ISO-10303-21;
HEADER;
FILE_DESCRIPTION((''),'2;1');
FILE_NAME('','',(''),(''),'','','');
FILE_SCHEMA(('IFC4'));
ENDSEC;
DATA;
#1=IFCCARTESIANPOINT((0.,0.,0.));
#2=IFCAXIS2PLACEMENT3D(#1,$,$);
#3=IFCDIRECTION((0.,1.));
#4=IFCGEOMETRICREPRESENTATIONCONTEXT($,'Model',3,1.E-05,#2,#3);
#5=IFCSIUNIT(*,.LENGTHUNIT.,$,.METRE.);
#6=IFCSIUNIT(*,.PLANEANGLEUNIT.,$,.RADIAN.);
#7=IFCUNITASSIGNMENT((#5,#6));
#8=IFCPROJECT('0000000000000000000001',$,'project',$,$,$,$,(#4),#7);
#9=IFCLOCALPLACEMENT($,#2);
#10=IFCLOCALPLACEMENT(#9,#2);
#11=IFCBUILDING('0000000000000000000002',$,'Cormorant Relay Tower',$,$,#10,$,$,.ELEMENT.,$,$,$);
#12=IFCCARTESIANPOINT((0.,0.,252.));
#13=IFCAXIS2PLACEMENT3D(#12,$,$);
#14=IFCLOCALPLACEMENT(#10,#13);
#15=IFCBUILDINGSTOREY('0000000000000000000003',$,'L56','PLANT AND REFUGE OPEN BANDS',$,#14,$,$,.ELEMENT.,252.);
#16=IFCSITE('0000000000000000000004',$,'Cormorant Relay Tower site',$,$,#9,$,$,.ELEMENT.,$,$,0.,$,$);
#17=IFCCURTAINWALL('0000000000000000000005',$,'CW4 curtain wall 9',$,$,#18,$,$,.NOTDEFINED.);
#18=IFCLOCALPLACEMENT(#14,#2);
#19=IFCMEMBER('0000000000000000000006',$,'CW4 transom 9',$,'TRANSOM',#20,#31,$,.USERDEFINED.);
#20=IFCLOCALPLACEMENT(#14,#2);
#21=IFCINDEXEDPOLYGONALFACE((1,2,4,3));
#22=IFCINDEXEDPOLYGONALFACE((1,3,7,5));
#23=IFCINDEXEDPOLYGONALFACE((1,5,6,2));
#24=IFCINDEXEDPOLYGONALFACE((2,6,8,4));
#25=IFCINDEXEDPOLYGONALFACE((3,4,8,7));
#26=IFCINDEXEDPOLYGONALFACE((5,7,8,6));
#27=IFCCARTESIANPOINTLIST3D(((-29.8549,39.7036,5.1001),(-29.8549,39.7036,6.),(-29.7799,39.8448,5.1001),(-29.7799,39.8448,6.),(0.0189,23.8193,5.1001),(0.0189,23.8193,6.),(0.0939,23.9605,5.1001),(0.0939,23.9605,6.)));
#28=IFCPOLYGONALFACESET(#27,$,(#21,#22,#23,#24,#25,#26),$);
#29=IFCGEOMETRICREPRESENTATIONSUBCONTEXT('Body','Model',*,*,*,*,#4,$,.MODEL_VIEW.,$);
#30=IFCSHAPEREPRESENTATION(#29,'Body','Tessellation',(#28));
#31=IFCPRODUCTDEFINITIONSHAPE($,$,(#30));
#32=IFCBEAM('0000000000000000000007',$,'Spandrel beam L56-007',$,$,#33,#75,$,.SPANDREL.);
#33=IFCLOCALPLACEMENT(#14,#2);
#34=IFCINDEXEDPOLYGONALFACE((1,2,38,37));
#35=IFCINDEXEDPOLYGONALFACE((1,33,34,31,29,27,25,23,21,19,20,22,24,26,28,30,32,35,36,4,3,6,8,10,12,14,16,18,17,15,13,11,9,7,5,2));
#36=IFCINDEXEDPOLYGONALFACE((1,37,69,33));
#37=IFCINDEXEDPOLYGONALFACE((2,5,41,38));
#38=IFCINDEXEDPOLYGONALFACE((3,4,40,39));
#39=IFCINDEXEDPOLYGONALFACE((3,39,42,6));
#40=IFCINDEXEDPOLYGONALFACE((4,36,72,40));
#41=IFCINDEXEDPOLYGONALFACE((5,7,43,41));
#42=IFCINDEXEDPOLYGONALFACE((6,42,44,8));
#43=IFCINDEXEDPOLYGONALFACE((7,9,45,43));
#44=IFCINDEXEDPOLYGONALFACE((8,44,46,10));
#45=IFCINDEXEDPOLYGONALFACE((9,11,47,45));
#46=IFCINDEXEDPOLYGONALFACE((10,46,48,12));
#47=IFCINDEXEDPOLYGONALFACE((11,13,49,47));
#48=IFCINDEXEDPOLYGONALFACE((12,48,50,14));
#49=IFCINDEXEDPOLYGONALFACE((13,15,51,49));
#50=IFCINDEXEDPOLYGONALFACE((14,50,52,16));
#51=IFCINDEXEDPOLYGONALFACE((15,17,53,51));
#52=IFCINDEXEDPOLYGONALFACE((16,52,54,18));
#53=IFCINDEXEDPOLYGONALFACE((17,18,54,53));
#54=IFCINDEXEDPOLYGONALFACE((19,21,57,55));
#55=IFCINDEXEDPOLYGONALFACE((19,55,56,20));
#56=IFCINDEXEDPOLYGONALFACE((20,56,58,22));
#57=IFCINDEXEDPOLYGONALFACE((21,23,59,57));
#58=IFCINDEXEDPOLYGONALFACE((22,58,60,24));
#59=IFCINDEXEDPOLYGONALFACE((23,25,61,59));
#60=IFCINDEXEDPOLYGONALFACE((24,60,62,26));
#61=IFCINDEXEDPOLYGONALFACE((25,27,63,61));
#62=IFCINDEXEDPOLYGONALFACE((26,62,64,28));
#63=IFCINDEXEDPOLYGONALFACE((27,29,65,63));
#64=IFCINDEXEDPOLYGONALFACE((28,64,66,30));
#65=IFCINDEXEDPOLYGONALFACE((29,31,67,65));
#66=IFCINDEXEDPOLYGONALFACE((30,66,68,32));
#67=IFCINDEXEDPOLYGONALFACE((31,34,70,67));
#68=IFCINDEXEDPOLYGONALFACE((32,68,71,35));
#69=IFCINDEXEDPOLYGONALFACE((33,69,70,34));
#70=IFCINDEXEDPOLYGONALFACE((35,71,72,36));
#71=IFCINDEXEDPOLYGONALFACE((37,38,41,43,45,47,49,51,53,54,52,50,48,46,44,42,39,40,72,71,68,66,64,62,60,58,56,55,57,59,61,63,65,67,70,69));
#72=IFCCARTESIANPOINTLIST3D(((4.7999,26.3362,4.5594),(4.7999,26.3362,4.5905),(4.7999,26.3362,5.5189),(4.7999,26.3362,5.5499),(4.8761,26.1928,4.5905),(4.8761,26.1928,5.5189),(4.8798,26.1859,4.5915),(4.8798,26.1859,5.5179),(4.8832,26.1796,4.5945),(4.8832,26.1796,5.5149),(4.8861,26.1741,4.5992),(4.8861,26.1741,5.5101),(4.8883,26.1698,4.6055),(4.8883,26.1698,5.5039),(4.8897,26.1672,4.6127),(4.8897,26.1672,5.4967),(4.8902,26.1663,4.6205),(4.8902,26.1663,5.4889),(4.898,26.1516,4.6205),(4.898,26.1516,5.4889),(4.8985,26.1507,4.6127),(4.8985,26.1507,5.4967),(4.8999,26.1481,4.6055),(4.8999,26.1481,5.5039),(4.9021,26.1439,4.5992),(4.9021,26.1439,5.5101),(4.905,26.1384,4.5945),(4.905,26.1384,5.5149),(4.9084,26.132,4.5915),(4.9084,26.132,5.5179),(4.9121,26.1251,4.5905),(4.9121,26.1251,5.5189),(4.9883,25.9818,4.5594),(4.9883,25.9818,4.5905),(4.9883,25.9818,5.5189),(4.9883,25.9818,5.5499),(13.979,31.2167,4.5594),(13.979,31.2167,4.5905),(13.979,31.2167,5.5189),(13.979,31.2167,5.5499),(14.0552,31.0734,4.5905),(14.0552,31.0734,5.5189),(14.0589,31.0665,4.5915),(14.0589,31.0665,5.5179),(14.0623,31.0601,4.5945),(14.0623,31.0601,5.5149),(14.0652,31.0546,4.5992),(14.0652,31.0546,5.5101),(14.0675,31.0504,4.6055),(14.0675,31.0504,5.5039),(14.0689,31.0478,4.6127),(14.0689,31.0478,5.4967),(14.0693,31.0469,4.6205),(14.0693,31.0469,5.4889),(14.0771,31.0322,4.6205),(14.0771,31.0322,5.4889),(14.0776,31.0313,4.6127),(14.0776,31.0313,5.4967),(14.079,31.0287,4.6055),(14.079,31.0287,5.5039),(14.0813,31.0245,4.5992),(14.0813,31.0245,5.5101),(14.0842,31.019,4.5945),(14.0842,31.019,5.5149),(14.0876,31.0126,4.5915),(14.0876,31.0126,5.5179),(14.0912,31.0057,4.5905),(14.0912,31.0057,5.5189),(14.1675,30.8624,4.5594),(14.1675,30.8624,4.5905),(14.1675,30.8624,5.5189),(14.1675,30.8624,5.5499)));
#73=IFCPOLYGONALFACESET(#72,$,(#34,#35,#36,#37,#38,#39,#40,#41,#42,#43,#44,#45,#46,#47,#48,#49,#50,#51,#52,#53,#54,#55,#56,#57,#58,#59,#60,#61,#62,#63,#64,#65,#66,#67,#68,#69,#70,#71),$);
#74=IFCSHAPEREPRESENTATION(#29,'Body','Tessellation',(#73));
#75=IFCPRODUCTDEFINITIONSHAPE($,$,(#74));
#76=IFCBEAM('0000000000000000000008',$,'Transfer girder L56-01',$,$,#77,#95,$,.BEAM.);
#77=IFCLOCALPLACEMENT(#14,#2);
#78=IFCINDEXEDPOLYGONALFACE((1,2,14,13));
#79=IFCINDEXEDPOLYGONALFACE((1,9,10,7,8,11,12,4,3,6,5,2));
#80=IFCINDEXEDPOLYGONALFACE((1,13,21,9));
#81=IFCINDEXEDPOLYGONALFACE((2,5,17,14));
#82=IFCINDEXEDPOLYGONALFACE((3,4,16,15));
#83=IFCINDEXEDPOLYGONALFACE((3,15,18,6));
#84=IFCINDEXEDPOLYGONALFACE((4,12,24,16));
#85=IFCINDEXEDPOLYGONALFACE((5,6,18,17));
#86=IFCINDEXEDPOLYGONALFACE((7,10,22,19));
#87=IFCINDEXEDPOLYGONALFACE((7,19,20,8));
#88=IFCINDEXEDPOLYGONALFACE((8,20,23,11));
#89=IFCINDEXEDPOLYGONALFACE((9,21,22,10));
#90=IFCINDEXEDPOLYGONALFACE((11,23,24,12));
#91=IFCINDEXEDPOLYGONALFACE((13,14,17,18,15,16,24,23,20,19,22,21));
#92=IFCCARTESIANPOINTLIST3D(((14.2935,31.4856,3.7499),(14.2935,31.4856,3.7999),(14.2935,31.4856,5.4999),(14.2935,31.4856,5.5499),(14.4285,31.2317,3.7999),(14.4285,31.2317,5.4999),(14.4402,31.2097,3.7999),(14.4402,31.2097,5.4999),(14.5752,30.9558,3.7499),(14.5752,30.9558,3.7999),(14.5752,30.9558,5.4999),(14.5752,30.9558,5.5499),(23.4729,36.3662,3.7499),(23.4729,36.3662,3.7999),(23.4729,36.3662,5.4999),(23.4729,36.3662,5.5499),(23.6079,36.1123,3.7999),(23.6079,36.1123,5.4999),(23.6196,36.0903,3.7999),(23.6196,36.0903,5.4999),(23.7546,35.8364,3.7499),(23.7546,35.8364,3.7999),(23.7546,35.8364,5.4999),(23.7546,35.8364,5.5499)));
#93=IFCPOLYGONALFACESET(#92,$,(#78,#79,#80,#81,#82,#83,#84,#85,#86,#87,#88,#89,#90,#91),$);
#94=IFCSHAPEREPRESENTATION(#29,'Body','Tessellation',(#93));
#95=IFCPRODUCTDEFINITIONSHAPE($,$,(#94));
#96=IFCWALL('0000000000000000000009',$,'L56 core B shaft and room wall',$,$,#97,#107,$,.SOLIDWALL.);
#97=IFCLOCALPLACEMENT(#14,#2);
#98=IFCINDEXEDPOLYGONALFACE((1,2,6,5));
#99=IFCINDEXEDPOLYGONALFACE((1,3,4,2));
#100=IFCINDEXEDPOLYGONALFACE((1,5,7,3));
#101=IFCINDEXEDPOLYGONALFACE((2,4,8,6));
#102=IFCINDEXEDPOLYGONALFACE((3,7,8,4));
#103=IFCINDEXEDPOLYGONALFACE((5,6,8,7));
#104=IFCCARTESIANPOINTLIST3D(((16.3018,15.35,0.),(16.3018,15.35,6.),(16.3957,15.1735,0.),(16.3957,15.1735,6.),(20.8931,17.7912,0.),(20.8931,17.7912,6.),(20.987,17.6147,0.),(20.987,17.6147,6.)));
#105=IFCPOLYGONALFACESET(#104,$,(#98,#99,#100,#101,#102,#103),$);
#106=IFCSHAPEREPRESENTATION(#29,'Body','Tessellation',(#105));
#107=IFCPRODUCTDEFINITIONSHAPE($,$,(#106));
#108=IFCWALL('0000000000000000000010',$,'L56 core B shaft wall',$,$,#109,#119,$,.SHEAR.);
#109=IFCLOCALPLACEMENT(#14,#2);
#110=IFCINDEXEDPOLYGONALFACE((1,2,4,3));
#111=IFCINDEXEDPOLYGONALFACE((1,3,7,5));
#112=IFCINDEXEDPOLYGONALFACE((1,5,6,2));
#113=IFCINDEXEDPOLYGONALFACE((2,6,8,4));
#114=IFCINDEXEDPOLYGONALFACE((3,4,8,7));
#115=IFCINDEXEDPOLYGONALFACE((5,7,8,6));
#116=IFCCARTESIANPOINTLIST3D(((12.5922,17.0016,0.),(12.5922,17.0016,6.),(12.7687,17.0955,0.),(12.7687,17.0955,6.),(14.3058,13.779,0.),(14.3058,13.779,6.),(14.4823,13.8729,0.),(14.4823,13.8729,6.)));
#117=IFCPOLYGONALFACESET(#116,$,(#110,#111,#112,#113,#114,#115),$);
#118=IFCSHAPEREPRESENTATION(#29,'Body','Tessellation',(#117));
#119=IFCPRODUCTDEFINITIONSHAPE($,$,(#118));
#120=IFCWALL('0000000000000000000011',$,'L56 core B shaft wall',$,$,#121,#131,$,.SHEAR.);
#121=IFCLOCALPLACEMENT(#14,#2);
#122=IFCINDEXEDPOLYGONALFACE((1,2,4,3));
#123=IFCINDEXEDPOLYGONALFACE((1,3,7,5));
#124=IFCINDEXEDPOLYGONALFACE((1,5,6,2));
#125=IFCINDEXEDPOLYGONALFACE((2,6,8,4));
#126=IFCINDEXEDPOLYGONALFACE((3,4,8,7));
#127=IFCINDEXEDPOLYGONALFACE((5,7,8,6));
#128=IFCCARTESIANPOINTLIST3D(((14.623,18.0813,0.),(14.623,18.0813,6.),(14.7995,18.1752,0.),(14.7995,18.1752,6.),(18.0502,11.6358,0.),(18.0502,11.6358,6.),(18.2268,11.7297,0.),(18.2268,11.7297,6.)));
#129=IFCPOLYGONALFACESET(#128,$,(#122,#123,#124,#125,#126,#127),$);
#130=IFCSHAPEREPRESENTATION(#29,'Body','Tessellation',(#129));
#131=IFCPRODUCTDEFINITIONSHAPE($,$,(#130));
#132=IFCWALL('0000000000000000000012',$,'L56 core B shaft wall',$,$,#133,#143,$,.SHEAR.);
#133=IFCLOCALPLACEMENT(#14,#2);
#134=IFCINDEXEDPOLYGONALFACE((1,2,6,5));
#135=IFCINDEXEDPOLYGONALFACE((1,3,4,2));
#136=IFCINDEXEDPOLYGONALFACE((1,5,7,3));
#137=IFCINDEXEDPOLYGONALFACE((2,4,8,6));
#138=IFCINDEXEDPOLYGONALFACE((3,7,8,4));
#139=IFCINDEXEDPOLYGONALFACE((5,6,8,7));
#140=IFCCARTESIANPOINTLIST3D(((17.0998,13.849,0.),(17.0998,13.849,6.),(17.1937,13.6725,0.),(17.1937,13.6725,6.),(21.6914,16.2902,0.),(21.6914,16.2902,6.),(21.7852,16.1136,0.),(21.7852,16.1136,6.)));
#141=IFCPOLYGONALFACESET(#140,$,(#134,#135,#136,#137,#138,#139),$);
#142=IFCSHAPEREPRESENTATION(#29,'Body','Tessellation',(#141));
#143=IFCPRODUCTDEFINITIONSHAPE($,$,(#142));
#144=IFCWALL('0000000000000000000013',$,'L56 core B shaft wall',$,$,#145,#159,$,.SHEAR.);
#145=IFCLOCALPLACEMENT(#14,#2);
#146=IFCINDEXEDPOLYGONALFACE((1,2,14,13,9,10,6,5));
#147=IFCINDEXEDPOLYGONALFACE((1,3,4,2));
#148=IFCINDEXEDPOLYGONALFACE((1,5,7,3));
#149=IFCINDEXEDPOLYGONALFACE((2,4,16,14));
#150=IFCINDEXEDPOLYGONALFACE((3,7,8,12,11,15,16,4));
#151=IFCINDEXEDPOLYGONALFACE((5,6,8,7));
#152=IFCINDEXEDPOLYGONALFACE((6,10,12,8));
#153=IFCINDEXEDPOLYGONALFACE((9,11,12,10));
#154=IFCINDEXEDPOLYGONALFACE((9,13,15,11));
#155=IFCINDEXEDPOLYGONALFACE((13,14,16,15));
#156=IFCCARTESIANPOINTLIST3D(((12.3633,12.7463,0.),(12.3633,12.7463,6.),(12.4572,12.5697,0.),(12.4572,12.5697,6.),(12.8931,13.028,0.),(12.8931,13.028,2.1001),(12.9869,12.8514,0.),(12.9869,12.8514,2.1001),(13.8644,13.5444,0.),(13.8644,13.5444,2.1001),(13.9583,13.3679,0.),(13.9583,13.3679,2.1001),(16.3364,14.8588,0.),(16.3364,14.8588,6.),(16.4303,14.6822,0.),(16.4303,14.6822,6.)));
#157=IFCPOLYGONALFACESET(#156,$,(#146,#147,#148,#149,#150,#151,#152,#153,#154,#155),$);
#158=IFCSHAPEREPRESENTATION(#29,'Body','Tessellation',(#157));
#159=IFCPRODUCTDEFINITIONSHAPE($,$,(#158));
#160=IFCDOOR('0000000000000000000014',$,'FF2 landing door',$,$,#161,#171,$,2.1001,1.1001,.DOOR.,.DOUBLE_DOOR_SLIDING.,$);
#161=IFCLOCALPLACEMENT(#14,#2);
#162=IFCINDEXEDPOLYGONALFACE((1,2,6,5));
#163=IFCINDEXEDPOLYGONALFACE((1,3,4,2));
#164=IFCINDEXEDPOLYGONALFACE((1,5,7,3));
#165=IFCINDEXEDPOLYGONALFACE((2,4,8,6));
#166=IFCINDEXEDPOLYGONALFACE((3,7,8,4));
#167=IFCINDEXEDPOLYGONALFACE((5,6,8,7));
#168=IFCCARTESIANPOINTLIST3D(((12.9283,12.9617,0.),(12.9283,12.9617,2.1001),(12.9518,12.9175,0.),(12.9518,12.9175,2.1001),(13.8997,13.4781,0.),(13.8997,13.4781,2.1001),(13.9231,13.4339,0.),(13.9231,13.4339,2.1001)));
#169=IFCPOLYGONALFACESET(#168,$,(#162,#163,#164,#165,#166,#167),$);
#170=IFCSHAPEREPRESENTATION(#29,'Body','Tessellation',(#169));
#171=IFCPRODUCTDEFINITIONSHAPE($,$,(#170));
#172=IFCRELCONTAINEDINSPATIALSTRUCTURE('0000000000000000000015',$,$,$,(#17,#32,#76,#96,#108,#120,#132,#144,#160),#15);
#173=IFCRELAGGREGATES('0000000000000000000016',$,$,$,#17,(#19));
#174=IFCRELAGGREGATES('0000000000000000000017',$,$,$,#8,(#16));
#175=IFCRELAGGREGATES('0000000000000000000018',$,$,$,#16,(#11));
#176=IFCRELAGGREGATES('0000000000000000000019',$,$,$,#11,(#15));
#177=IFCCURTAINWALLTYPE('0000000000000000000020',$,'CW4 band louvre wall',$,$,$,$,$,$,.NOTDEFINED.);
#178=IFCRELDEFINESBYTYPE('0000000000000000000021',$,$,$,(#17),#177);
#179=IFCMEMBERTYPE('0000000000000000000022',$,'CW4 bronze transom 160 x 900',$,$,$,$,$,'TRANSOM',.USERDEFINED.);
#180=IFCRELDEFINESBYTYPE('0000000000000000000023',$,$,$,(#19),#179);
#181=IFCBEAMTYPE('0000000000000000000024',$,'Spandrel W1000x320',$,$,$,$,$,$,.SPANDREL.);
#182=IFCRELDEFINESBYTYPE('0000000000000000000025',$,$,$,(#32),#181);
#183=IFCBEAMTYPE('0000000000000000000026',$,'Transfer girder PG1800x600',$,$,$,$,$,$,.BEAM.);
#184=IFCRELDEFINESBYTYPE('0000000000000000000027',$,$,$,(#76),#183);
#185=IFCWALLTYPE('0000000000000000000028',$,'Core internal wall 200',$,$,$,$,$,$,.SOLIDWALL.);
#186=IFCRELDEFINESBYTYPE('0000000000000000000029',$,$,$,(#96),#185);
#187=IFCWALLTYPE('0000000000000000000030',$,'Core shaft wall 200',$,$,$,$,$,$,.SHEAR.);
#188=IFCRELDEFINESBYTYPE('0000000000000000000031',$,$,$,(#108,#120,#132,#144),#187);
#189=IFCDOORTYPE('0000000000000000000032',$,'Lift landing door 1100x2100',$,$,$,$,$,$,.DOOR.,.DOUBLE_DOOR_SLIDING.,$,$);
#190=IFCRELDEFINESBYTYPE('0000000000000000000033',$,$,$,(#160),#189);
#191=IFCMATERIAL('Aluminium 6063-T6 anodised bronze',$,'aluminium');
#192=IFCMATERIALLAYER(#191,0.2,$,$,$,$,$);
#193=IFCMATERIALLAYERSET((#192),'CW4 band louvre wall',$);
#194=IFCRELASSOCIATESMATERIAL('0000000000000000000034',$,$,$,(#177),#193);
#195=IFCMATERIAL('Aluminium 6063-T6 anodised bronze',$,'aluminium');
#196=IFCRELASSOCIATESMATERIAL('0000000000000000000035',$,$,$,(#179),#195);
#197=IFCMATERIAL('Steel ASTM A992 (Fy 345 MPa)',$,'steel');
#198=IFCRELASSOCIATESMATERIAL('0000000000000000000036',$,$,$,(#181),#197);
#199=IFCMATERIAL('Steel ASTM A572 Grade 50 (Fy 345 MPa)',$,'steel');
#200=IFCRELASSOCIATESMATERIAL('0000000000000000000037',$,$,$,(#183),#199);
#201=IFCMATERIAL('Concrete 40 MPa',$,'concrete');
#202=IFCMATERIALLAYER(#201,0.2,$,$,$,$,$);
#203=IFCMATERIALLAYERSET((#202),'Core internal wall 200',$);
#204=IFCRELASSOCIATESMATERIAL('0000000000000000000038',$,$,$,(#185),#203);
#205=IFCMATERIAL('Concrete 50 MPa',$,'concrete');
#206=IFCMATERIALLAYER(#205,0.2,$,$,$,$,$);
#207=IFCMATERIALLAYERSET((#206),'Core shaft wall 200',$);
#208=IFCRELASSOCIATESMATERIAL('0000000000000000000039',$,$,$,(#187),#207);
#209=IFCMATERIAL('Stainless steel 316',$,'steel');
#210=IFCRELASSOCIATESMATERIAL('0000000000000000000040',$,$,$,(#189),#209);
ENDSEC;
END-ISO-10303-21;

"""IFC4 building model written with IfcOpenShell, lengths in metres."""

from ifc_helpers import new_model, si_unit, direction, frame, frame_2d, origin, origin_2d, place, context, subcontext, project, spatial, rectangle, i_section, extrude, material, layer, layer_set, material_profile, profile_set, type_object, element, fill, aggregate, save


model = new_model("IFC4")

# Units and contexts
model_context = context("Model", 3, precision=1e-05, world=origin(), true_north=direction((0.0, 1.0)))
body_context = subcontext(model_context, "Body", "Model", "MODEL_VIEW")
ifc_project = project(units=[si_unit("LENGTHUNIT", "METRE"), si_unit("PLANEANGLEUNIT", "RADIAN")], contexts=[model_context])

# Site, building, storey
site_placement = place(None, origin())
site = spatial("IfcSite", under=ifc_project, at=site_placement, Name="Cormorant Relay Tower site", CompositionType="ELEMENT", RefElevation=0.0)
building_placement = place(site_placement, origin())
building = spatial("IfcBuilding", under=site, at=building_placement, Name="Cormorant Relay Tower", CompositionType="ELEMENT")
storey_placement = place(building_placement, frame((0.0, 0.0, 252.0)))
storey = spatial("IfcBuildingStorey", under=building, at=storey_placement, Name="L56", Description="PLANT AND REFUGE OPEN BANDS", CompositionType="ELEMENT", Elevation=252.0)

# Curtain wall, member
ifc_material_1 = material(Name="Aluminium 6063-T6 anodised bronze", Category="aluminium")
ifc_layer_1 = layer(ifc_material_1, 0.2)
ifc_layer_set_1 = layer_set([ifc_layer_1], Name="CW4 band louvre wall")
curtain_wall_type = type_object("IfcCurtainWallType", Name="CW4 band louvre wall", PredefinedType="NOTDEFINED", material=ifc_layer_set_1)
curtain_wall_1_placement = place(storey_placement, origin())
curtain_wall_1 = element("IfcCurtainWall", 1, at=curtain_wall_1_placement, inside=storey, type_object=curtain_wall_type, Name="CW4 curtain wall 9", PredefinedType="NOTDEFINED")
ifc_material_2 = material(Name="Aluminium 6063-T6 anodised bronze", Category="aluminium")
ifc_material_profile_1 = material_profile(ifc_material_2, rectangle(XDim=0.1599, YDim=0.8999, at=origin_2d()), Name="AL 160x900")
ifc_profile_set_1 = profile_set([ifc_material_profile_1], Name="Aluminium 6063-T6 anodised bronze")
member_type_1 = type_object("IfcMemberType", Name="CW4 bronze transom 160 x 900", ElementType="TRANSOM", PredefinedType="USERDEFINED", material=ifc_profile_set_1)
member_1_placement = place(storey_placement, frame((0.0564, 23.8899, 5.55), z_axis=(-0.882946, 0.469474, 0.0), x_axis=(-0.469474, -0.882946, 0.0)))
member_1 = element("IfcMember", 2, at=member_1_placement, type_object=member_type_1, Name="CW4 transom 9", ObjectType="TRANSOM", PredefinedType="USERDEFINED", context=body_context, shape_type="SweptSolid", body=[
    extrude(rectangle(XDim=0.1599, YDim=0.8999, at=origin_2d()), origin(), (0.0, 0.0, 1.0), 33.8342),
])
aggregate(curtain_wall_1, [member_1])

# Beams
ifc_material_3 = material(Name="Steel ASTM A992 (Fy 345 MPa)", Category="steel")
ifc_material_profile_2 = material_profile(ifc_material_3, i_section(OverallWidth=0.4014, OverallDepth=0.9905, WebThickness=0.0166, FlangeThickness=0.031, FilletRadius=0.03, at=origin_2d()), Name="W1000x320")
ifc_profile_set_2 = profile_set([ifc_material_profile_2], Name="Steel ASTM A992 (Fy 345 MPa)")
beam_type_1 = type_object("IfcBeamType", Name="Spandrel W1000x320", PredefinedType="SPANDREL", material=ifc_profile_set_2)
beam_1_placement = place(storey_placement, frame((14.0732, 31.0396, 5.0547), z_axis=(-0.88295, -0.469468, 0.0), x_axis=(0.469468, -0.88295, 0.0)))
element("IfcBeam", 3, at=beam_1_placement, inside=storey, type_object=beam_type_1, Name="Spandrel beam L56-007", PredefinedType="SPANDREL", context=body_context, shape_type="SweptSolid", body=[
    extrude(i_section(OverallWidth=0.4014, OverallDepth=0.9905, WebThickness=0.0166, FlangeThickness=0.031, FilletRadius=0.03, at=origin_2d()), origin(), (0.0, 0.0, 1.0), 10.396),
])
ifc_material_4 = material(Name="Steel ASTM A572 Grade 50 (Fy 345 MPa)", Category="steel")
ifc_material_profile_3 = material_profile(ifc_material_4, i_section(OverallWidth=0.6001, OverallDepth=1.8, WebThickness=0.0249, FlangeThickness=0.05, at=origin_2d()), Name="PG1800x600")
ifc_profile_set_3 = profile_set([ifc_material_profile_3], Name="Steel ASTM A572 Grade 50 (Fy 345 MPa)")
beam_type_2 = type_object("IfcBeamType", Name="Transfer girder PG1800x600", PredefinedType="BEAM", material=ifc_profile_set_3)
beam_2_placement = place(storey_placement, frame((14.4343, 31.2207, 4.6499), z_axis=(0.882955, 0.469458, 0.0), x_axis=(-0.469458, 0.882955, 0.0)))
element("IfcBeam", 4, at=beam_2_placement, inside=storey, type_object=beam_type_2, Name="Transfer girder L56-01", PredefinedType="BEAM", context=body_context, shape_type="SweptSolid", body=[
    extrude(i_section(OverallWidth=0.6001, OverallDepth=1.8, WebThickness=0.0249, FlangeThickness=0.05, at=origin_2d()), origin(), (0.0, 0.0, 1.0), 10.3962),
])

# Walls
ifc_material_5 = material(Name="Concrete 40 MPa", Category="concrete")
ifc_layer_2 = layer(ifc_material_5, 0.2)
ifc_layer_set_2 = layer_set([ifc_layer_2], Name="Core internal wall 200")
wall_type_1 = type_object("IfcWallType", Name="Core internal wall 200", PredefinedType="SOLIDWALL", material=ifc_layer_set_2)
wall_1_placement = place(storey_placement, frame((16.3486, 15.2617, 0.0), z_axis=(0.0, 0.0, 1.0), x_axis=(0.882954, 0.46946, 0.0)))
element("IfcWall", 5, at=wall_1_placement, inside=storey, type_object=wall_type_1, Name="L56 core B shaft and room wall", PredefinedType="SOLIDWALL", context=body_context, shape_type="SweptSolid", body=[
    extrude(rectangle(XDim=5.2, YDim=0.2, at=frame_2d((2.6001, 0.0))), origin(), (0.0, 0.0, 1.0), 6.0),
])
ifc_material_6 = material(Name="Concrete 50 MPa", Category="concrete")
ifc_layer_3 = layer(ifc_material_6, 0.2)
ifc_layer_set_3 = layer_set([ifc_layer_3], Name="Core shaft wall 200")
wall_type_2 = type_object("IfcWallType", Name="Core shaft wall 200", PredefinedType="SHEAR", material=ifc_layer_set_3)
wall_2_placement = place(storey_placement, frame((14.394, 13.8259, 0.0), z_axis=(0.0, 0.0, 1.0), x_axis=(-0.469494, 0.882936, 0.0)))
element("IfcWall", 6, at=wall_2_placement, inside=storey, type_object=wall_type_2, Name="L56 core B shaft wall", PredefinedType="SHEAR", context=body_context, shape_type="SweptSolid", body=[
    extrude(rectangle(XDim=3.6499, YDim=0.2, at=frame_2d((1.825, 0.0))), origin(), (0.0, 0.0, 1.0), 6.0),
])
wall_3_placement = place(storey_placement, frame((18.1384, 11.6829, 0.0), z_axis=(0.0, 0.0, 1.0), x_axis=(-0.46948, 0.882943, 0.0)))
element("IfcWall", 7, at=wall_3_placement, inside=storey, type_object=wall_type_2, Name="L56 core B shaft wall", PredefinedType="SHEAR", context=body_context, shape_type="SweptSolid", body=[
    extrude(rectangle(XDim=7.3, YDim=0.2, at=frame_2d((3.6499, 0.0))), origin(), (0.0, 0.0, 1.0), 6.0),
])
wall_4_placement = place(storey_placement, frame((17.1467, 13.7607, 0.0), z_axis=(0.0, 0.0, 1.0), x_axis=(0.882964, 0.46944, 0.0)))
element("IfcWall", 8, at=wall_4_placement, inside=storey, type_object=wall_type_2, Name="L56 core B shaft wall", PredefinedType="SHEAR", context=body_context, shape_type="SweptSolid", body=[
    extrude(rectangle(XDim=5.2002, YDim=0.2, at=frame_2d((2.6001, 0.0))), origin(), (0.0, 0.0, 1.0), 6.0),
])

# Wall, opening, door
wall_5_placement = place(storey_placement, frame((12.4102, 12.658, 0.0), z_axis=(0.0, 0.0, 1.0), x_axis=(0.882948, 0.46947, 0.0)))
wall_5 = element("IfcWall", 9, at=wall_5_placement, inside=storey, type_object=wall_type_2, Name="L56 core B shaft wall", PredefinedType="SHEAR", context=body_context, shape_type="SweptSolid", body=[
    extrude(rectangle(XDim=4.4998, YDim=0.2, at=frame_2d((2.25, 0.0))), origin(), (0.0, 0.0, 1.0), 6.0),
])
opening_1_placement = place(wall_5_placement, frame((0.6001, 0.0, 0.0)))
opening_1 = element("IfcOpeningElement", 10, at=opening_1_placement, cuts=wall_5, PredefinedType="OPENING", context=body_context, shape_type="SweptSolid", body=[
    extrude(rectangle(XDim=1.1001, YDim=2.1001, at=frame_2d((0.55, 1.05))), frame((0.0, 0.1099, 0.0), z_axis=(0.0, -1.0, 0.0), x_axis=(1.0, 0.0, 0.0)), (0.0, 0.0, 1.0), 0.22),
])
ifc_material_7 = material(Name="Stainless steel 316", Category="steel")
door_type_1 = type_object("IfcDoorType", Name="Lift landing door 1100x2100", OperationType="DOUBLE_DOOR_SLIDING", PredefinedType="DOOR", material=ifc_material_7)
door_1_placement = place(opening_1_placement, origin())
door_1 = element("IfcDoor", 11, at=door_1_placement, inside=storey, type_object=door_type_1, Name="FF2 landing door", OperationType="DOUBLE_DOOR_SLIDING", OverallHeight=2.1001, OverallWidth=1.1001, PredefinedType="DOOR", context=body_context, shape_type="SweptSolid", body=[
    extrude(rectangle(XDim=1.1001, YDim=2.1001, at=frame_2d((0.55, 1.05))), frame((0.0, 0.0249, 0.0), z_axis=(0.0, -1.0, 0.0), x_axis=(1.0, 0.0, 0.0)), (0.0, 0.0, 1.0), 0.05),
])
fill(opening_1, door_1)

save(model, "model.ifc")
